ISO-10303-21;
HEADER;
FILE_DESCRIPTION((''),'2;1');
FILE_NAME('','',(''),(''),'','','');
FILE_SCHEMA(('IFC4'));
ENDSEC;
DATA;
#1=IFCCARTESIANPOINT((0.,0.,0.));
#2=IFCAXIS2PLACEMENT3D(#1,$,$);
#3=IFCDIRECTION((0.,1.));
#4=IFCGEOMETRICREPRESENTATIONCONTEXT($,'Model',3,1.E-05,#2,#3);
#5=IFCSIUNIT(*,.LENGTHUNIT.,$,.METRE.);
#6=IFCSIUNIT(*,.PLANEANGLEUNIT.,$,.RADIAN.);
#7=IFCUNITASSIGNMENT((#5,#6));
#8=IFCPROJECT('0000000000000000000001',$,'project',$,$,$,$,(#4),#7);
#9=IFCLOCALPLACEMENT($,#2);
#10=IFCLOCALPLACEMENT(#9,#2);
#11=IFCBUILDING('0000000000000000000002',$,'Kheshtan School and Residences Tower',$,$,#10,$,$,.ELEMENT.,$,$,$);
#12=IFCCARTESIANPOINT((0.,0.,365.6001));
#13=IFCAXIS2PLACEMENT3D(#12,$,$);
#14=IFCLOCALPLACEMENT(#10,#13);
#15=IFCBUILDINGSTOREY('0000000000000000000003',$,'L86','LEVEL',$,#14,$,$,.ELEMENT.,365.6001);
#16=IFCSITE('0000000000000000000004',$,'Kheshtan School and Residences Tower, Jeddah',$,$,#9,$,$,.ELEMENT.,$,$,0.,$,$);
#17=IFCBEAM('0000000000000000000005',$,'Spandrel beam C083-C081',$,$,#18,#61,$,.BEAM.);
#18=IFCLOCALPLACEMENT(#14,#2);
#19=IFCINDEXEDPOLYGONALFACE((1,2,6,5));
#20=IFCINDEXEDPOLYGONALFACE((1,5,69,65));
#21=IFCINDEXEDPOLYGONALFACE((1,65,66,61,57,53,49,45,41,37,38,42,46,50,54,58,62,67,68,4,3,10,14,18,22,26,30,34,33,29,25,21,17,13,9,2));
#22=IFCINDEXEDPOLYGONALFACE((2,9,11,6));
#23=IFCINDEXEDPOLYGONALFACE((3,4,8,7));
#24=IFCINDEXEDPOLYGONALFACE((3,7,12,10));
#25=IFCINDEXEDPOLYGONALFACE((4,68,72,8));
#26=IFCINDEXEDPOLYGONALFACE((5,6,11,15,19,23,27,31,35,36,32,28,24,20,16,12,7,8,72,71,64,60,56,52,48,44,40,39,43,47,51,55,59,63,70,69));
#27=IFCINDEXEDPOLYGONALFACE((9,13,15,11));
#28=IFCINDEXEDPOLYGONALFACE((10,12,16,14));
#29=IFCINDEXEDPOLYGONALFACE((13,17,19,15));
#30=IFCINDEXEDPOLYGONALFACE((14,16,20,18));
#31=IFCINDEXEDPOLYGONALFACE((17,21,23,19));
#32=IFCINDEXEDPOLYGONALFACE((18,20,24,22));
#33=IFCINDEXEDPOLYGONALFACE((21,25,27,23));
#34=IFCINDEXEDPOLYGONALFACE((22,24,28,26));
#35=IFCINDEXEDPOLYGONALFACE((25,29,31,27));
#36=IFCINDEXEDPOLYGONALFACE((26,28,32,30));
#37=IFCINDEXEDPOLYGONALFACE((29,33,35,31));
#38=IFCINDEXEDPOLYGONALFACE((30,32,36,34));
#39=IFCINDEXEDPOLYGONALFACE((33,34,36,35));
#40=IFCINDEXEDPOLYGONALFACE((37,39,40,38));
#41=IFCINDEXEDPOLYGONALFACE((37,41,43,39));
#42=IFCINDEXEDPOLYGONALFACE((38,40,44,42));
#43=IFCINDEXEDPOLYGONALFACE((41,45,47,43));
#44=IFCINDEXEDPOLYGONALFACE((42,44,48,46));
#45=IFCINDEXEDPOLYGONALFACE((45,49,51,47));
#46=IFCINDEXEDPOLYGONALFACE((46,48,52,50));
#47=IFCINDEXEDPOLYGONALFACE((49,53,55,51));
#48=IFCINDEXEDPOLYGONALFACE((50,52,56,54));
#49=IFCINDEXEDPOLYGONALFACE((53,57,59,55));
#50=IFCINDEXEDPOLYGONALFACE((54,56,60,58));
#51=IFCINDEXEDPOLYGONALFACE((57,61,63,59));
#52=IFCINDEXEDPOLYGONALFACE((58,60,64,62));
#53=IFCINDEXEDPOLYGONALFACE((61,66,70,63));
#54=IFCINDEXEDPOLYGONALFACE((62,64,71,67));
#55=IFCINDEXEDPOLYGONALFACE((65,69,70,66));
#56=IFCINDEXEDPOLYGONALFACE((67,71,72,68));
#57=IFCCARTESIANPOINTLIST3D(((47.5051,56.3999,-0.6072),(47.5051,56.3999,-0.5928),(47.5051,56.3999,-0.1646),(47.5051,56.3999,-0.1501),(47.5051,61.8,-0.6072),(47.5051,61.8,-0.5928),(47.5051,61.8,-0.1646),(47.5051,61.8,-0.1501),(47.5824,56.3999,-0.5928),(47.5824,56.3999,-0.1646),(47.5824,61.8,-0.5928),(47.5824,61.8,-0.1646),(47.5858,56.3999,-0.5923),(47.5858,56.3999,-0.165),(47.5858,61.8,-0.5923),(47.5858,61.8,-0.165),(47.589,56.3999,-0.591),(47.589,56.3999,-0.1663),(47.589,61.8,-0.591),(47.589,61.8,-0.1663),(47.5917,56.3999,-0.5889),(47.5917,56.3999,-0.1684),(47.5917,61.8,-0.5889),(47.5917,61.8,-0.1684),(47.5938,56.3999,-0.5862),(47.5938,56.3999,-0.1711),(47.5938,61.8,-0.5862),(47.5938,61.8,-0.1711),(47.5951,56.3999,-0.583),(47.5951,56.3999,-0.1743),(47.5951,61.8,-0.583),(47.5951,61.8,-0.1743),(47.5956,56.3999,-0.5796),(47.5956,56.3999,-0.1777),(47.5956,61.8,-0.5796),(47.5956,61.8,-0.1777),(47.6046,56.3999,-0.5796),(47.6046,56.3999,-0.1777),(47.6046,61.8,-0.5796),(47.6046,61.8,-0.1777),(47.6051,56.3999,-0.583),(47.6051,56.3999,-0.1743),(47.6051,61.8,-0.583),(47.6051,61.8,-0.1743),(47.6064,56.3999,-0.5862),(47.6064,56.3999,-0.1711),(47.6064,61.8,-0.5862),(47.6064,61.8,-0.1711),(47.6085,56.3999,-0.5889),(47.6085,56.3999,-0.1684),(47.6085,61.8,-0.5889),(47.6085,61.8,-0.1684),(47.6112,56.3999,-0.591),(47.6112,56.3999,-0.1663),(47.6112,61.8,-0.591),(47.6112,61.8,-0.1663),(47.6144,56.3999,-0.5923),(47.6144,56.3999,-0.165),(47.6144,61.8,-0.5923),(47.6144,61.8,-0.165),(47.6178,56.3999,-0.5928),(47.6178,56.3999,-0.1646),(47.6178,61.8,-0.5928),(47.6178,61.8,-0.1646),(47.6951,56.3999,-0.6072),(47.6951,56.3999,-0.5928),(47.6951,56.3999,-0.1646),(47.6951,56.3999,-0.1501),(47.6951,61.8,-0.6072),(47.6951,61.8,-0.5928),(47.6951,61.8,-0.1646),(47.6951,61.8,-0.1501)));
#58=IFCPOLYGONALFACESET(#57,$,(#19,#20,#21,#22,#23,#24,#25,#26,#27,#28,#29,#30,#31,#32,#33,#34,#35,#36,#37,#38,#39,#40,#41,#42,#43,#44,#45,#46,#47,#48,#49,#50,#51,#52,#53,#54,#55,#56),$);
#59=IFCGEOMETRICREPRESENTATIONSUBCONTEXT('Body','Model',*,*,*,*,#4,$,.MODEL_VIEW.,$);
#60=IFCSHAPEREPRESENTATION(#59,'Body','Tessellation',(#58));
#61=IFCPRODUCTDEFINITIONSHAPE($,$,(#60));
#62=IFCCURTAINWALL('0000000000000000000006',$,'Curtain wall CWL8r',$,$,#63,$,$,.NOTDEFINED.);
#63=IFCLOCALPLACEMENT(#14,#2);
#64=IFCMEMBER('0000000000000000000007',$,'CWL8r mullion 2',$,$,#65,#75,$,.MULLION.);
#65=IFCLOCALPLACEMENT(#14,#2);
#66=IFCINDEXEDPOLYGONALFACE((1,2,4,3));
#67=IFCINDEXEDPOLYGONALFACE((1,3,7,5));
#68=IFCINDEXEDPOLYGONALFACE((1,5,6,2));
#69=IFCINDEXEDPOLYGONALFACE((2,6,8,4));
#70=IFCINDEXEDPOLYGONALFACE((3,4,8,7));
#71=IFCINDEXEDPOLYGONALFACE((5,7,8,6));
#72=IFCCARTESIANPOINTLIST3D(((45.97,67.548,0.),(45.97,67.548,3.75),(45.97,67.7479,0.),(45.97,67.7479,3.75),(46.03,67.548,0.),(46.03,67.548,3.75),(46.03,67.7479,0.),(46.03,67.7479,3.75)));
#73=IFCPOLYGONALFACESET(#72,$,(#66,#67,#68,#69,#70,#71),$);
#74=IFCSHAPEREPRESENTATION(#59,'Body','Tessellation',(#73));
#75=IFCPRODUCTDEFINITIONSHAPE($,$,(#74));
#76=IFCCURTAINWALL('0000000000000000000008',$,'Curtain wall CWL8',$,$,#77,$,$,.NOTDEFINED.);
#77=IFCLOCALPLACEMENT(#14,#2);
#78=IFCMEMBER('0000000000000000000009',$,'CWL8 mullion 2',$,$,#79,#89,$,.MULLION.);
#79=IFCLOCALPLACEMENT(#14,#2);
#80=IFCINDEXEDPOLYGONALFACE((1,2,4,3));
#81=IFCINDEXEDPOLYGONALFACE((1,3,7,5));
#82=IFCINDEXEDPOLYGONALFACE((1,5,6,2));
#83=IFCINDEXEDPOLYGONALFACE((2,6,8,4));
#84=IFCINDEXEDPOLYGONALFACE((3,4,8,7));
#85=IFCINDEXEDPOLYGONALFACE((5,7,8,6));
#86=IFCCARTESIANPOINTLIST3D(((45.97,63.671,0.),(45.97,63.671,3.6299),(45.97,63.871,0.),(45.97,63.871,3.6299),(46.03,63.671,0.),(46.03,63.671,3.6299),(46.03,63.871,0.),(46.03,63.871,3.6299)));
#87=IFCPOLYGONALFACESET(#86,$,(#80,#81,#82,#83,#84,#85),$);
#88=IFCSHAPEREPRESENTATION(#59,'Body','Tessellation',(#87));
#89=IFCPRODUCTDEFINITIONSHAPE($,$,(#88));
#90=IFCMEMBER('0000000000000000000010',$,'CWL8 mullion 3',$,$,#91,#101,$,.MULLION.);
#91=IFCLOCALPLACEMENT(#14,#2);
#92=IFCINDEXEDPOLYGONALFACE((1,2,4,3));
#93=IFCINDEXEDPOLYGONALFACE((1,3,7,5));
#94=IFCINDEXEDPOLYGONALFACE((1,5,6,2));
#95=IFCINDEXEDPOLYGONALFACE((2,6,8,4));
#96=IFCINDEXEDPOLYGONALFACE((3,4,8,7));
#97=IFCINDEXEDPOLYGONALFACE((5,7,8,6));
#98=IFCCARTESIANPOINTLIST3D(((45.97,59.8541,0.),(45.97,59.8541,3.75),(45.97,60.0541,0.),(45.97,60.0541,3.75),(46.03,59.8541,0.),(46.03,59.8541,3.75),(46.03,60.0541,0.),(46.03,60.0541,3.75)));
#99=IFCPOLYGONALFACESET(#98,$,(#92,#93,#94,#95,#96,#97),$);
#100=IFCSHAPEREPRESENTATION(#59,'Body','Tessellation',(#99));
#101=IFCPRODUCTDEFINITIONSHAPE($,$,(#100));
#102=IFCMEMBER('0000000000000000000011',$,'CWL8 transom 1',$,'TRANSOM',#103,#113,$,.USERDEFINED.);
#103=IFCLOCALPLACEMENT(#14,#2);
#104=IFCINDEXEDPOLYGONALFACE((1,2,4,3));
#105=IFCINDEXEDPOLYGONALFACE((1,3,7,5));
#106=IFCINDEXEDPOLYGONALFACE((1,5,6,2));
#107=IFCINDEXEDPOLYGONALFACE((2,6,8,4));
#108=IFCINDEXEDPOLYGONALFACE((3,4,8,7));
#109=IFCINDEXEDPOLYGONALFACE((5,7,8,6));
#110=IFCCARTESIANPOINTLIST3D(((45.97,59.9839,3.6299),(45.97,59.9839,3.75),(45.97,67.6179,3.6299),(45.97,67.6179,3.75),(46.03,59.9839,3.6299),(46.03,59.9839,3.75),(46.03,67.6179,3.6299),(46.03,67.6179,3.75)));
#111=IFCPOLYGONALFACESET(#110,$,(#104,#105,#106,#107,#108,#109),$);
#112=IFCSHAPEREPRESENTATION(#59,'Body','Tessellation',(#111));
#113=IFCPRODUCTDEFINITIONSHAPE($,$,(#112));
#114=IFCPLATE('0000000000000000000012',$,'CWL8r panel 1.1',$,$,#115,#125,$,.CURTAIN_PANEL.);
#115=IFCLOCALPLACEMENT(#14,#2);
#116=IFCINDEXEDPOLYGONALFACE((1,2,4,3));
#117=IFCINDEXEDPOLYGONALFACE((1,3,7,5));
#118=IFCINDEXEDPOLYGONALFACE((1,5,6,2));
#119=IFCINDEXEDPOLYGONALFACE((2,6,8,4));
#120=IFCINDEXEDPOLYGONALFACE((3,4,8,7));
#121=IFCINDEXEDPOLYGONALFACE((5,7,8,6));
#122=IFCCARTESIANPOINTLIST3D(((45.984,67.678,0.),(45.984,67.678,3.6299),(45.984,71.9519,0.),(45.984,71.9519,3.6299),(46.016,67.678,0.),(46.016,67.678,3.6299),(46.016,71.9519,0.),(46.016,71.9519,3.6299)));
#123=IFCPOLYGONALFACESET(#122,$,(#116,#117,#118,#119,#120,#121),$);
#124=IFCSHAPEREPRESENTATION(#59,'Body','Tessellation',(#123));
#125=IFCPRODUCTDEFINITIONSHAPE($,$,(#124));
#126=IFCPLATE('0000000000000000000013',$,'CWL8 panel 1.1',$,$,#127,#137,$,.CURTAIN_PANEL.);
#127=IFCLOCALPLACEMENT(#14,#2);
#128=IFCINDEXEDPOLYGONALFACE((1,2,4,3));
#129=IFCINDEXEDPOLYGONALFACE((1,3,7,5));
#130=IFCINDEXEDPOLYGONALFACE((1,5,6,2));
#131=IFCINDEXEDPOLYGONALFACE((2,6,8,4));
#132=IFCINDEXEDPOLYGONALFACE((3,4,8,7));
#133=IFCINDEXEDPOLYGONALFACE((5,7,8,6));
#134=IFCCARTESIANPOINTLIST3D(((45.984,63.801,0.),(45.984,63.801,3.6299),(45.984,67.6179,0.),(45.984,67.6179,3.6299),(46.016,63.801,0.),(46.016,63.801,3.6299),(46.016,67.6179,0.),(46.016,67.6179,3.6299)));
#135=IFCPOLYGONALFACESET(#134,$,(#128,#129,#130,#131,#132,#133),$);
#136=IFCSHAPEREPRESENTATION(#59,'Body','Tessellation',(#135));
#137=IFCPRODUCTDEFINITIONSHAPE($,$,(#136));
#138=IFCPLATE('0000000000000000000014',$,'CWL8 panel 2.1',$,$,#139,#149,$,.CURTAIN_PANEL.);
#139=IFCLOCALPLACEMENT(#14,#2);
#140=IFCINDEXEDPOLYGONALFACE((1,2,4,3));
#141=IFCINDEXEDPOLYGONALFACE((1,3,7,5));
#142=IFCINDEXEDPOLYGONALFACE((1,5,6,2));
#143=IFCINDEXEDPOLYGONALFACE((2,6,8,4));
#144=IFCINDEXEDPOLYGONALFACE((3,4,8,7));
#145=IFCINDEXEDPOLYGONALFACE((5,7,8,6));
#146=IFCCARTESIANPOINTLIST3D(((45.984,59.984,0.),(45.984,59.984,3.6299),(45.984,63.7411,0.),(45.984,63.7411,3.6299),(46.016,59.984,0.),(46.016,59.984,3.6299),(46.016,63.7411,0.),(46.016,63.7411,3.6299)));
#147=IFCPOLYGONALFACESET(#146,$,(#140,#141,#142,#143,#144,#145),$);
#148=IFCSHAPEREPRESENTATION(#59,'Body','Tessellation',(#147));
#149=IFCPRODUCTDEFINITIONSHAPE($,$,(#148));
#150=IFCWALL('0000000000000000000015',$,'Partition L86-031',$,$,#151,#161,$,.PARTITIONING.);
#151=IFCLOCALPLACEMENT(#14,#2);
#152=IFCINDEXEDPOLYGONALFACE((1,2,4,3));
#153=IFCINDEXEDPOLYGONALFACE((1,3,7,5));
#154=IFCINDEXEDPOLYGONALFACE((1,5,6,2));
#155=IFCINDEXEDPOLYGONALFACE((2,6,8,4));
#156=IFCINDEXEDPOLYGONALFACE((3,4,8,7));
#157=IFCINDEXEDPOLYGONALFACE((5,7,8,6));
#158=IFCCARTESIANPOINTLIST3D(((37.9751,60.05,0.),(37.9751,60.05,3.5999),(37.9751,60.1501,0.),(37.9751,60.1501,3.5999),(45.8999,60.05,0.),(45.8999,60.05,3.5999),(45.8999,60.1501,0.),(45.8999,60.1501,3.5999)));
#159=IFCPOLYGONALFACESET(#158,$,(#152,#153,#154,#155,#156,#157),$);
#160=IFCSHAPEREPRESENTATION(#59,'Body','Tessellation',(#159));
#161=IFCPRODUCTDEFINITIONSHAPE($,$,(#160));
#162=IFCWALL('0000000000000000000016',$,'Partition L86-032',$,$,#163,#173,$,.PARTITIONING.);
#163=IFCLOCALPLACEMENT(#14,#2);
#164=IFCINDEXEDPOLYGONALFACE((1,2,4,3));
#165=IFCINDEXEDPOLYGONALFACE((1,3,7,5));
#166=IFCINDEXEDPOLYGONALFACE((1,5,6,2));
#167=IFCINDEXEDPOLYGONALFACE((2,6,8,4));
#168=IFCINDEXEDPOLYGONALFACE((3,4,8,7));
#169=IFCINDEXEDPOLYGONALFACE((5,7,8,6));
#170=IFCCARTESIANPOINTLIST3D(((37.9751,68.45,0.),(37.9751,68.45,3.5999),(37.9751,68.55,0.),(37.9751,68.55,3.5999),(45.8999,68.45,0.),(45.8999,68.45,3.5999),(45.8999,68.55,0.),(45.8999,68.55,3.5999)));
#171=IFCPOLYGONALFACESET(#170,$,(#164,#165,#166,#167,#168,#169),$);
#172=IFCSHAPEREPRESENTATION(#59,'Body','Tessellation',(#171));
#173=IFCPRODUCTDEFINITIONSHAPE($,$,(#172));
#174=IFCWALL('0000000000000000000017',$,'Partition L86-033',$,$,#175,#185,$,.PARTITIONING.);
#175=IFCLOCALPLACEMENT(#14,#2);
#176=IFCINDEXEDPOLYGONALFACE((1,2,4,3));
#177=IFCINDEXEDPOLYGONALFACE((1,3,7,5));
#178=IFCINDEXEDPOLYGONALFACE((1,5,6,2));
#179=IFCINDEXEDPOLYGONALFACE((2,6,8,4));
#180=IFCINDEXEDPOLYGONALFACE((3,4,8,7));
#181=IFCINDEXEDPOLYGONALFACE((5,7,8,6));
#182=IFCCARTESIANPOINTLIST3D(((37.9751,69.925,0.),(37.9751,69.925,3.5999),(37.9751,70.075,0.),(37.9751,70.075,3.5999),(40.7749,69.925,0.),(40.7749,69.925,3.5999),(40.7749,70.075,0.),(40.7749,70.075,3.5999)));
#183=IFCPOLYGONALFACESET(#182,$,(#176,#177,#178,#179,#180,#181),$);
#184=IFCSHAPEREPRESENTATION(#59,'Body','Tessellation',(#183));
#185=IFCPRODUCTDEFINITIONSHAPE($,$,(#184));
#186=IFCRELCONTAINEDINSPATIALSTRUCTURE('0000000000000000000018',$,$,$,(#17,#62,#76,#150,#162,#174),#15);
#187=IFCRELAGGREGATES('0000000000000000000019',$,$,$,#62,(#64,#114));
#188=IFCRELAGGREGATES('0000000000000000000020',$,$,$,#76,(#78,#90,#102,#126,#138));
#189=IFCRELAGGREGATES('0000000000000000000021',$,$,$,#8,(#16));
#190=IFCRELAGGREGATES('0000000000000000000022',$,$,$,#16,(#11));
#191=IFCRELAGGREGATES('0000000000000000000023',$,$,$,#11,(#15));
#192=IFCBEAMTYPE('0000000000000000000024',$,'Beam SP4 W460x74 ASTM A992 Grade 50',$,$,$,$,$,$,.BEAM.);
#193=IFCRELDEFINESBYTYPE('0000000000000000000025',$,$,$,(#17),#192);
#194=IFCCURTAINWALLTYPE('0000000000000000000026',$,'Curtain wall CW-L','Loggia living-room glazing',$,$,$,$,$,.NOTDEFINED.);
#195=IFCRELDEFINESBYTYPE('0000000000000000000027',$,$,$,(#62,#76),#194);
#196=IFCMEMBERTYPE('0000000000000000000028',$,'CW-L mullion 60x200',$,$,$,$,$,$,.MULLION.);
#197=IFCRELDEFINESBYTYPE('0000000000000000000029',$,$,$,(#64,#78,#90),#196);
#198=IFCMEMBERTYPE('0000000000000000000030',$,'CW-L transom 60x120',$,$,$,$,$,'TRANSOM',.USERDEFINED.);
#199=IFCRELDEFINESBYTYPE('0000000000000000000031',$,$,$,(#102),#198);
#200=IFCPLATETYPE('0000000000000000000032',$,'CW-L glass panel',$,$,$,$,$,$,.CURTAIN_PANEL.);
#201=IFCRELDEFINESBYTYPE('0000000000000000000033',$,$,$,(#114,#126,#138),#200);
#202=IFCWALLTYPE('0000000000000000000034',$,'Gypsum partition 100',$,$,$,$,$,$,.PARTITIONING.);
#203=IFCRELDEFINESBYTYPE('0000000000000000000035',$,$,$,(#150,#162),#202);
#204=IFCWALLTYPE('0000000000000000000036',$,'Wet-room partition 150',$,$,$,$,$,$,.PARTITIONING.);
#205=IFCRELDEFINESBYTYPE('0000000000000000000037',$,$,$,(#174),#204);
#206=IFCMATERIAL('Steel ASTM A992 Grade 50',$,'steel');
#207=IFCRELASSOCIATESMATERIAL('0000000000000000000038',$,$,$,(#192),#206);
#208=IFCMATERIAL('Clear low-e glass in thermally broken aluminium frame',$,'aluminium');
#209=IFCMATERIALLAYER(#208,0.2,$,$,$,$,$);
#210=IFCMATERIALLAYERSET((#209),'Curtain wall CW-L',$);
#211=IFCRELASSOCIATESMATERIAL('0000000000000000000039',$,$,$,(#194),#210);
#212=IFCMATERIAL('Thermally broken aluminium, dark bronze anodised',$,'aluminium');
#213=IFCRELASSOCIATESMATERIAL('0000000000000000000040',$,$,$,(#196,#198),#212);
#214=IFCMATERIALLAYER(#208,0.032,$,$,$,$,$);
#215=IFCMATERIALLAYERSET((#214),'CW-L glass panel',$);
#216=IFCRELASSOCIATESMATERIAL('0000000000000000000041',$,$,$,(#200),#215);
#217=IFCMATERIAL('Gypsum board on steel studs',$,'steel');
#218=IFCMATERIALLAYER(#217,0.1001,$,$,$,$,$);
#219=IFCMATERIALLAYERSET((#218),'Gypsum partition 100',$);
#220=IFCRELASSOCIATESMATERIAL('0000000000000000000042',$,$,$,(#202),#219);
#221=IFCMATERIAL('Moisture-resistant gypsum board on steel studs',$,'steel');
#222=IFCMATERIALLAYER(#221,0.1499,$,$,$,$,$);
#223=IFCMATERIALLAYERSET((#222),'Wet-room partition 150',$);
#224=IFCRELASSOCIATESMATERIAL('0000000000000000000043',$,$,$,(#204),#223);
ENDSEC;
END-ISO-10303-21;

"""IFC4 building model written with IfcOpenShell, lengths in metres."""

from ifc_helpers import new_model, si_unit, direction, frame, frame_2d, origin, origin_2d, place, context, subcontext, project, spatial, rectangle, i_section, extrude, material, layer, layer_set, material_profile, profile_set, type_object, element, aggregate, save


model = new_model("IFC4")

# Units and contexts
model_context = context("Model", 3, precision=1e-05, world=origin(), true_north=direction((0.0, 1.0)))
body_context = subcontext(model_context, "Body", "Model", "MODEL_VIEW")
ifc_project = project(units=[si_unit("LENGTHUNIT", "METRE"), si_unit("PLANEANGLEUNIT", "RADIAN")], contexts=[model_context])

# Site, building, storey
site_placement = place(None, origin())
site = spatial("IfcSite", under=ifc_project, at=site_placement, Name="Kheshtan School and Residences Tower, Jeddah", CompositionType="ELEMENT", RefElevation=0.0)
building_placement = place(site_placement, origin())
building = spatial("IfcBuilding", under=site, at=building_placement, Name="Kheshtan School and Residences Tower", CompositionType="ELEMENT")
storey_placement = place(building_placement, frame((0.0, 0.0, 365.6001)))
storey = spatial("IfcBuildingStorey", under=building, at=storey_placement, Name="L86", Description="LEVEL", CompositionType="ELEMENT", Elevation=365.6001)

# Shared definitions
ifc_material_1 = material(Name="Steel ASTM A992 Grade 50", Category="steel")

# Beam
ifc_material_profile_1 = material_profile(ifc_material_1, i_section(OverallWidth=0.1899, OverallDepth=0.457, WebThickness=0.009, FlangeThickness=0.0144, FilletRadius=0.0132, at=origin_2d()), Name="W460x74")
ifc_profile_set_1 = profile_set([ifc_material_profile_1], Name="Steel ASTM A992 Grade 50")
beam_type_1 = type_object("IfcBeamType", Name="Beam SP4 W460x74 ASTM A992 Grade 50", PredefinedType="BEAM", material=ifc_profile_set_1)
beam_1_placement = place(storey_placement, frame((47.6001, 61.8, -0.3787), z_axis=(0.0, -1.0, 0.0), x_axis=(1.0, 0.0, 0.0)))
element("IfcBeam", 1, at=beam_1_placement, inside=storey, type_object=beam_type_1, Name="Spandrel beam C083-C081", PredefinedType="BEAM", context=body_context, shape_type="SweptSolid", body=[
    extrude(i_section(OverallWidth=0.1899, OverallDepth=0.457, WebThickness=0.009, FlangeThickness=0.0144, FilletRadius=0.0132, at=origin_2d()), origin(), (0.0, 0.0, 1.0), 5.4001),
])

# Curtain wall, member
ifc_material_2 = material(Name="Clear low-e glass in thermally broken aluminium frame", Category="aluminium")
ifc_layer_1 = layer(ifc_material_2, 0.2)
ifc_layer_set_1 = layer_set([ifc_layer_1], Name="Curtain wall CW-L")
curtain_wall_type = type_object("IfcCurtainWallType", Name="Curtain wall CW-L", Description="Loggia living-room glazing", PredefinedType="NOTDEFINED", material=ifc_layer_set_1)
curtain_wall_1_placement = place(storey_placement, origin())
curtain_wall_1 = element("IfcCurtainWall", 2, at=curtain_wall_1_placement, inside=storey, type_object=curtain_wall_type, Name="Curtain wall CWL8r", PredefinedType="NOTDEFINED")
ifc_material_3 = material(Name="Thermally broken aluminium, dark bronze anodised", Category="aluminium")
ifc_material_profile_2 = material_profile(ifc_material_3, rectangle(XDim=0.0601, YDim=0.2, at=origin_2d()), Name="CW-L mullion 60x200")
ifc_profile_set_2 = profile_set([ifc_material_profile_2], Name="Thermally broken aluminium, dark bronze anodised")
member_type_1 = type_object("IfcMemberType", Name="CW-L mullion 60x200", PredefinedType="MULLION", material=ifc_profile_set_2)
member_1_placement = place(storey_placement, frame((46.0, 67.6479, 0.0), z_axis=(0.0, 0.0, 1.0), x_axis=(1.0, 0.0, 0.0)))
member_1 = element("IfcMember", 3, at=member_1_placement, type_object=member_type_1, Name="CWL8r mullion 2", PredefinedType="MULLION", context=body_context, shape_type="SweptSolid", body=[
    extrude(rectangle(XDim=0.0601, YDim=0.2, at=origin_2d()), origin(), (0.0, 0.0, 1.0), 3.75),
])

# Curtain wall, members
curtain_wall_2_placement = place(storey_placement, origin())
curtain_wall_2 = element("IfcCurtainWall", 4, at=curtain_wall_2_placement, inside=storey, type_object=curtain_wall_type, Name="Curtain wall CWL8", PredefinedType="NOTDEFINED")
member_2_placement = place(storey_placement, frame((46.0, 63.771, 0.0), z_axis=(0.0, 0.0, 1.0), x_axis=(1.0, 0.0, 0.0)))
member_2 = element("IfcMember", 5, at=member_2_placement, type_object=member_type_1, Name="CWL8 mullion 2", PredefinedType="MULLION", context=body_context, shape_type="SweptSolid", body=[
    extrude(rectangle(XDim=0.0601, YDim=0.2, at=origin_2d()), origin(), (0.0, 0.0, 1.0), 3.6299),
])
member_3_placement = place(storey_placement, frame((46.0, 59.9541, 0.0), z_axis=(0.0, 0.0, 1.0), x_axis=(1.0, 0.0, 0.0)))
member_3 = element("IfcMember", 6, at=member_3_placement, type_object=member_type_1, Name="CWL8 mullion 3", PredefinedType="MULLION", context=body_context, shape_type="SweptSolid", body=[
    extrude(rectangle(XDim=0.0601, YDim=0.2, at=origin_2d()), origin(), (0.0, 0.0, 1.0), 3.75),
])
ifc_material_profile_3 = material_profile(ifc_material_3, rectangle(XDim=0.0601, YDim=0.1201, at=origin_2d()), Name="CW-L transom 60x120")
ifc_profile_set_3 = profile_set([ifc_material_profile_3], Name="Thermally broken aluminium, dark bronze anodised")
member_type_2 = type_object("IfcMemberType", Name="CW-L transom 60x120", ElementType="TRANSOM", PredefinedType="USERDEFINED", material=ifc_profile_set_3)
member_4_placement = place(storey_placement, frame((46.0, 67.6179, 3.6899), z_axis=(0.0, -1.0, 0.0), x_axis=(1.0, 0.0, 0.0)))
member_4 = element("IfcMember", 7, at=member_4_placement, type_object=member_type_2, Name="CWL8 transom 1", ObjectType="TRANSOM", PredefinedType="USERDEFINED", context=body_context, shape_type="SweptSolid", body=[
    extrude(rectangle(XDim=0.0601, YDim=0.1201, at=origin_2d()), origin(), (0.0, 0.0, 1.0), 7.634),
])

# Plates
ifc_layer_2 = layer(ifc_material_2, 0.032)
ifc_layer_set_2 = layer_set([ifc_layer_2], Name="CW-L glass panel")
plate_type = type_object("IfcPlateType", Name="CW-L glass panel", PredefinedType="CURTAIN_PANEL", material=ifc_layer_set_2)
plate_1_placement = place(storey_placement, frame((46.0, 69.8149, 0.0), z_axis=(0.0, 0.0, 1.0), x_axis=(0.0, -1.0, 0.0)))
plate_1 = element("IfcPlate", 8, at=plate_1_placement, type_object=plate_type, Name="CWL8r panel 1.1", PredefinedType="CURTAIN_PANEL", context=body_context, shape_type="SweptSolid", body=[
    extrude(rectangle(XDim=4.2739, YDim=0.032, at=origin_2d()), origin(), (0.0, 0.0, 1.0), 3.6299),
])
aggregate(curtain_wall_1, [member_1, plate_1])
plate_2_placement = place(storey_placement, frame((46.0, 65.7095, 0.0), z_axis=(0.0, 0.0, 1.0), x_axis=(0.0, -1.0, 0.0)))
plate_2 = element("IfcPlate", 9, at=plate_2_placement, type_object=plate_type, Name="CWL8 panel 1.1", PredefinedType="CURTAIN_PANEL", context=body_context, shape_type="SweptSolid", body=[
    extrude(rectangle(XDim=3.8169, YDim=0.032, at=origin_2d()), origin(), (0.0, 0.0, 1.0), 3.6299),
])
plate_3_placement = place(storey_placement, frame((46.0, 61.8625, 0.0), z_axis=(0.0, 0.0, 1.0), x_axis=(0.0, -1.0, 0.0)))
plate_3 = element("IfcPlate", 10, at=plate_3_placement, type_object=plate_type, Name="CWL8 panel 2.1", PredefinedType="CURTAIN_PANEL", context=body_context, shape_type="SweptSolid", body=[
    extrude(rectangle(XDim=3.7571, YDim=0.032, at=origin_2d()), origin(), (0.0, 0.0, 1.0), 3.6299),
])
aggregate(curtain_wall_2, [member_2, member_3, member_4, plate_2, plate_3])

# Walls
ifc_material_4 = material(Name="Gypsum board on steel studs", Category="steel")
ifc_layer_3 = layer(ifc_material_4, 0.1001)
ifc_layer_set_3 = layer_set([ifc_layer_3], Name="Gypsum partition 100")
wall_type_1 = type_object("IfcWallType", Name="Gypsum partition 100", PredefinedType="PARTITIONING", material=ifc_layer_set_3)
for number, where, z_axis, x_axis, name in (
    (11, (37.9751, 60.1001, 0.0), (0.0, 0.0, 1.0), (1.0, 0.0, 0.0), "Partition L86-031"),
    (12, (37.9751, 68.5, 0.0), (0.0, 0.0, 1.0), (1.0, 0.0, 0.0), "Partition L86-032"),
):
    element("IfcWall", number, at=place(storey_placement, frame(where, z_axis=z_axis, x_axis=x_axis)), inside=storey, type_object=wall_type_1, Name=name, PredefinedType="PARTITIONING", context=body_context, shape_type="SweptSolid", body=[
        extrude(rectangle(XDim=7.9248, YDim=0.1001, at=frame_2d((3.9624, 0.0))), origin(), (0.0, 0.0, 1.0), 3.5999),
    ])
ifc_material_5 = material(Name="Moisture-resistant gypsum board on steel studs", Category="steel")
ifc_layer_4 = layer(ifc_material_5, 0.1499)
ifc_layer_set_4 = layer_set([ifc_layer_4], Name="Wet-room partition 150")
wall_type_2 = type_object("IfcWallType", Name="Wet-room partition 150", PredefinedType="PARTITIONING", material=ifc_layer_set_4)
wall_placement = place(storey_placement, frame((37.9751, 70.0, 0.0), z_axis=(0.0, 0.0, 1.0), x_axis=(1.0, 0.0, 0.0)))
element("IfcWall", 13, at=wall_placement, inside=storey, type_object=wall_type_2, Name="Partition L86-033", PredefinedType="PARTITIONING", context=body_context, shape_type="SweptSolid", body=[
    extrude(rectangle(XDim=2.7998, YDim=0.1499, at=frame_2d((1.3999, 0.0))), origin(), (0.0, 0.0, 1.0), 3.5999),
])

save(model, "model.ifc")
